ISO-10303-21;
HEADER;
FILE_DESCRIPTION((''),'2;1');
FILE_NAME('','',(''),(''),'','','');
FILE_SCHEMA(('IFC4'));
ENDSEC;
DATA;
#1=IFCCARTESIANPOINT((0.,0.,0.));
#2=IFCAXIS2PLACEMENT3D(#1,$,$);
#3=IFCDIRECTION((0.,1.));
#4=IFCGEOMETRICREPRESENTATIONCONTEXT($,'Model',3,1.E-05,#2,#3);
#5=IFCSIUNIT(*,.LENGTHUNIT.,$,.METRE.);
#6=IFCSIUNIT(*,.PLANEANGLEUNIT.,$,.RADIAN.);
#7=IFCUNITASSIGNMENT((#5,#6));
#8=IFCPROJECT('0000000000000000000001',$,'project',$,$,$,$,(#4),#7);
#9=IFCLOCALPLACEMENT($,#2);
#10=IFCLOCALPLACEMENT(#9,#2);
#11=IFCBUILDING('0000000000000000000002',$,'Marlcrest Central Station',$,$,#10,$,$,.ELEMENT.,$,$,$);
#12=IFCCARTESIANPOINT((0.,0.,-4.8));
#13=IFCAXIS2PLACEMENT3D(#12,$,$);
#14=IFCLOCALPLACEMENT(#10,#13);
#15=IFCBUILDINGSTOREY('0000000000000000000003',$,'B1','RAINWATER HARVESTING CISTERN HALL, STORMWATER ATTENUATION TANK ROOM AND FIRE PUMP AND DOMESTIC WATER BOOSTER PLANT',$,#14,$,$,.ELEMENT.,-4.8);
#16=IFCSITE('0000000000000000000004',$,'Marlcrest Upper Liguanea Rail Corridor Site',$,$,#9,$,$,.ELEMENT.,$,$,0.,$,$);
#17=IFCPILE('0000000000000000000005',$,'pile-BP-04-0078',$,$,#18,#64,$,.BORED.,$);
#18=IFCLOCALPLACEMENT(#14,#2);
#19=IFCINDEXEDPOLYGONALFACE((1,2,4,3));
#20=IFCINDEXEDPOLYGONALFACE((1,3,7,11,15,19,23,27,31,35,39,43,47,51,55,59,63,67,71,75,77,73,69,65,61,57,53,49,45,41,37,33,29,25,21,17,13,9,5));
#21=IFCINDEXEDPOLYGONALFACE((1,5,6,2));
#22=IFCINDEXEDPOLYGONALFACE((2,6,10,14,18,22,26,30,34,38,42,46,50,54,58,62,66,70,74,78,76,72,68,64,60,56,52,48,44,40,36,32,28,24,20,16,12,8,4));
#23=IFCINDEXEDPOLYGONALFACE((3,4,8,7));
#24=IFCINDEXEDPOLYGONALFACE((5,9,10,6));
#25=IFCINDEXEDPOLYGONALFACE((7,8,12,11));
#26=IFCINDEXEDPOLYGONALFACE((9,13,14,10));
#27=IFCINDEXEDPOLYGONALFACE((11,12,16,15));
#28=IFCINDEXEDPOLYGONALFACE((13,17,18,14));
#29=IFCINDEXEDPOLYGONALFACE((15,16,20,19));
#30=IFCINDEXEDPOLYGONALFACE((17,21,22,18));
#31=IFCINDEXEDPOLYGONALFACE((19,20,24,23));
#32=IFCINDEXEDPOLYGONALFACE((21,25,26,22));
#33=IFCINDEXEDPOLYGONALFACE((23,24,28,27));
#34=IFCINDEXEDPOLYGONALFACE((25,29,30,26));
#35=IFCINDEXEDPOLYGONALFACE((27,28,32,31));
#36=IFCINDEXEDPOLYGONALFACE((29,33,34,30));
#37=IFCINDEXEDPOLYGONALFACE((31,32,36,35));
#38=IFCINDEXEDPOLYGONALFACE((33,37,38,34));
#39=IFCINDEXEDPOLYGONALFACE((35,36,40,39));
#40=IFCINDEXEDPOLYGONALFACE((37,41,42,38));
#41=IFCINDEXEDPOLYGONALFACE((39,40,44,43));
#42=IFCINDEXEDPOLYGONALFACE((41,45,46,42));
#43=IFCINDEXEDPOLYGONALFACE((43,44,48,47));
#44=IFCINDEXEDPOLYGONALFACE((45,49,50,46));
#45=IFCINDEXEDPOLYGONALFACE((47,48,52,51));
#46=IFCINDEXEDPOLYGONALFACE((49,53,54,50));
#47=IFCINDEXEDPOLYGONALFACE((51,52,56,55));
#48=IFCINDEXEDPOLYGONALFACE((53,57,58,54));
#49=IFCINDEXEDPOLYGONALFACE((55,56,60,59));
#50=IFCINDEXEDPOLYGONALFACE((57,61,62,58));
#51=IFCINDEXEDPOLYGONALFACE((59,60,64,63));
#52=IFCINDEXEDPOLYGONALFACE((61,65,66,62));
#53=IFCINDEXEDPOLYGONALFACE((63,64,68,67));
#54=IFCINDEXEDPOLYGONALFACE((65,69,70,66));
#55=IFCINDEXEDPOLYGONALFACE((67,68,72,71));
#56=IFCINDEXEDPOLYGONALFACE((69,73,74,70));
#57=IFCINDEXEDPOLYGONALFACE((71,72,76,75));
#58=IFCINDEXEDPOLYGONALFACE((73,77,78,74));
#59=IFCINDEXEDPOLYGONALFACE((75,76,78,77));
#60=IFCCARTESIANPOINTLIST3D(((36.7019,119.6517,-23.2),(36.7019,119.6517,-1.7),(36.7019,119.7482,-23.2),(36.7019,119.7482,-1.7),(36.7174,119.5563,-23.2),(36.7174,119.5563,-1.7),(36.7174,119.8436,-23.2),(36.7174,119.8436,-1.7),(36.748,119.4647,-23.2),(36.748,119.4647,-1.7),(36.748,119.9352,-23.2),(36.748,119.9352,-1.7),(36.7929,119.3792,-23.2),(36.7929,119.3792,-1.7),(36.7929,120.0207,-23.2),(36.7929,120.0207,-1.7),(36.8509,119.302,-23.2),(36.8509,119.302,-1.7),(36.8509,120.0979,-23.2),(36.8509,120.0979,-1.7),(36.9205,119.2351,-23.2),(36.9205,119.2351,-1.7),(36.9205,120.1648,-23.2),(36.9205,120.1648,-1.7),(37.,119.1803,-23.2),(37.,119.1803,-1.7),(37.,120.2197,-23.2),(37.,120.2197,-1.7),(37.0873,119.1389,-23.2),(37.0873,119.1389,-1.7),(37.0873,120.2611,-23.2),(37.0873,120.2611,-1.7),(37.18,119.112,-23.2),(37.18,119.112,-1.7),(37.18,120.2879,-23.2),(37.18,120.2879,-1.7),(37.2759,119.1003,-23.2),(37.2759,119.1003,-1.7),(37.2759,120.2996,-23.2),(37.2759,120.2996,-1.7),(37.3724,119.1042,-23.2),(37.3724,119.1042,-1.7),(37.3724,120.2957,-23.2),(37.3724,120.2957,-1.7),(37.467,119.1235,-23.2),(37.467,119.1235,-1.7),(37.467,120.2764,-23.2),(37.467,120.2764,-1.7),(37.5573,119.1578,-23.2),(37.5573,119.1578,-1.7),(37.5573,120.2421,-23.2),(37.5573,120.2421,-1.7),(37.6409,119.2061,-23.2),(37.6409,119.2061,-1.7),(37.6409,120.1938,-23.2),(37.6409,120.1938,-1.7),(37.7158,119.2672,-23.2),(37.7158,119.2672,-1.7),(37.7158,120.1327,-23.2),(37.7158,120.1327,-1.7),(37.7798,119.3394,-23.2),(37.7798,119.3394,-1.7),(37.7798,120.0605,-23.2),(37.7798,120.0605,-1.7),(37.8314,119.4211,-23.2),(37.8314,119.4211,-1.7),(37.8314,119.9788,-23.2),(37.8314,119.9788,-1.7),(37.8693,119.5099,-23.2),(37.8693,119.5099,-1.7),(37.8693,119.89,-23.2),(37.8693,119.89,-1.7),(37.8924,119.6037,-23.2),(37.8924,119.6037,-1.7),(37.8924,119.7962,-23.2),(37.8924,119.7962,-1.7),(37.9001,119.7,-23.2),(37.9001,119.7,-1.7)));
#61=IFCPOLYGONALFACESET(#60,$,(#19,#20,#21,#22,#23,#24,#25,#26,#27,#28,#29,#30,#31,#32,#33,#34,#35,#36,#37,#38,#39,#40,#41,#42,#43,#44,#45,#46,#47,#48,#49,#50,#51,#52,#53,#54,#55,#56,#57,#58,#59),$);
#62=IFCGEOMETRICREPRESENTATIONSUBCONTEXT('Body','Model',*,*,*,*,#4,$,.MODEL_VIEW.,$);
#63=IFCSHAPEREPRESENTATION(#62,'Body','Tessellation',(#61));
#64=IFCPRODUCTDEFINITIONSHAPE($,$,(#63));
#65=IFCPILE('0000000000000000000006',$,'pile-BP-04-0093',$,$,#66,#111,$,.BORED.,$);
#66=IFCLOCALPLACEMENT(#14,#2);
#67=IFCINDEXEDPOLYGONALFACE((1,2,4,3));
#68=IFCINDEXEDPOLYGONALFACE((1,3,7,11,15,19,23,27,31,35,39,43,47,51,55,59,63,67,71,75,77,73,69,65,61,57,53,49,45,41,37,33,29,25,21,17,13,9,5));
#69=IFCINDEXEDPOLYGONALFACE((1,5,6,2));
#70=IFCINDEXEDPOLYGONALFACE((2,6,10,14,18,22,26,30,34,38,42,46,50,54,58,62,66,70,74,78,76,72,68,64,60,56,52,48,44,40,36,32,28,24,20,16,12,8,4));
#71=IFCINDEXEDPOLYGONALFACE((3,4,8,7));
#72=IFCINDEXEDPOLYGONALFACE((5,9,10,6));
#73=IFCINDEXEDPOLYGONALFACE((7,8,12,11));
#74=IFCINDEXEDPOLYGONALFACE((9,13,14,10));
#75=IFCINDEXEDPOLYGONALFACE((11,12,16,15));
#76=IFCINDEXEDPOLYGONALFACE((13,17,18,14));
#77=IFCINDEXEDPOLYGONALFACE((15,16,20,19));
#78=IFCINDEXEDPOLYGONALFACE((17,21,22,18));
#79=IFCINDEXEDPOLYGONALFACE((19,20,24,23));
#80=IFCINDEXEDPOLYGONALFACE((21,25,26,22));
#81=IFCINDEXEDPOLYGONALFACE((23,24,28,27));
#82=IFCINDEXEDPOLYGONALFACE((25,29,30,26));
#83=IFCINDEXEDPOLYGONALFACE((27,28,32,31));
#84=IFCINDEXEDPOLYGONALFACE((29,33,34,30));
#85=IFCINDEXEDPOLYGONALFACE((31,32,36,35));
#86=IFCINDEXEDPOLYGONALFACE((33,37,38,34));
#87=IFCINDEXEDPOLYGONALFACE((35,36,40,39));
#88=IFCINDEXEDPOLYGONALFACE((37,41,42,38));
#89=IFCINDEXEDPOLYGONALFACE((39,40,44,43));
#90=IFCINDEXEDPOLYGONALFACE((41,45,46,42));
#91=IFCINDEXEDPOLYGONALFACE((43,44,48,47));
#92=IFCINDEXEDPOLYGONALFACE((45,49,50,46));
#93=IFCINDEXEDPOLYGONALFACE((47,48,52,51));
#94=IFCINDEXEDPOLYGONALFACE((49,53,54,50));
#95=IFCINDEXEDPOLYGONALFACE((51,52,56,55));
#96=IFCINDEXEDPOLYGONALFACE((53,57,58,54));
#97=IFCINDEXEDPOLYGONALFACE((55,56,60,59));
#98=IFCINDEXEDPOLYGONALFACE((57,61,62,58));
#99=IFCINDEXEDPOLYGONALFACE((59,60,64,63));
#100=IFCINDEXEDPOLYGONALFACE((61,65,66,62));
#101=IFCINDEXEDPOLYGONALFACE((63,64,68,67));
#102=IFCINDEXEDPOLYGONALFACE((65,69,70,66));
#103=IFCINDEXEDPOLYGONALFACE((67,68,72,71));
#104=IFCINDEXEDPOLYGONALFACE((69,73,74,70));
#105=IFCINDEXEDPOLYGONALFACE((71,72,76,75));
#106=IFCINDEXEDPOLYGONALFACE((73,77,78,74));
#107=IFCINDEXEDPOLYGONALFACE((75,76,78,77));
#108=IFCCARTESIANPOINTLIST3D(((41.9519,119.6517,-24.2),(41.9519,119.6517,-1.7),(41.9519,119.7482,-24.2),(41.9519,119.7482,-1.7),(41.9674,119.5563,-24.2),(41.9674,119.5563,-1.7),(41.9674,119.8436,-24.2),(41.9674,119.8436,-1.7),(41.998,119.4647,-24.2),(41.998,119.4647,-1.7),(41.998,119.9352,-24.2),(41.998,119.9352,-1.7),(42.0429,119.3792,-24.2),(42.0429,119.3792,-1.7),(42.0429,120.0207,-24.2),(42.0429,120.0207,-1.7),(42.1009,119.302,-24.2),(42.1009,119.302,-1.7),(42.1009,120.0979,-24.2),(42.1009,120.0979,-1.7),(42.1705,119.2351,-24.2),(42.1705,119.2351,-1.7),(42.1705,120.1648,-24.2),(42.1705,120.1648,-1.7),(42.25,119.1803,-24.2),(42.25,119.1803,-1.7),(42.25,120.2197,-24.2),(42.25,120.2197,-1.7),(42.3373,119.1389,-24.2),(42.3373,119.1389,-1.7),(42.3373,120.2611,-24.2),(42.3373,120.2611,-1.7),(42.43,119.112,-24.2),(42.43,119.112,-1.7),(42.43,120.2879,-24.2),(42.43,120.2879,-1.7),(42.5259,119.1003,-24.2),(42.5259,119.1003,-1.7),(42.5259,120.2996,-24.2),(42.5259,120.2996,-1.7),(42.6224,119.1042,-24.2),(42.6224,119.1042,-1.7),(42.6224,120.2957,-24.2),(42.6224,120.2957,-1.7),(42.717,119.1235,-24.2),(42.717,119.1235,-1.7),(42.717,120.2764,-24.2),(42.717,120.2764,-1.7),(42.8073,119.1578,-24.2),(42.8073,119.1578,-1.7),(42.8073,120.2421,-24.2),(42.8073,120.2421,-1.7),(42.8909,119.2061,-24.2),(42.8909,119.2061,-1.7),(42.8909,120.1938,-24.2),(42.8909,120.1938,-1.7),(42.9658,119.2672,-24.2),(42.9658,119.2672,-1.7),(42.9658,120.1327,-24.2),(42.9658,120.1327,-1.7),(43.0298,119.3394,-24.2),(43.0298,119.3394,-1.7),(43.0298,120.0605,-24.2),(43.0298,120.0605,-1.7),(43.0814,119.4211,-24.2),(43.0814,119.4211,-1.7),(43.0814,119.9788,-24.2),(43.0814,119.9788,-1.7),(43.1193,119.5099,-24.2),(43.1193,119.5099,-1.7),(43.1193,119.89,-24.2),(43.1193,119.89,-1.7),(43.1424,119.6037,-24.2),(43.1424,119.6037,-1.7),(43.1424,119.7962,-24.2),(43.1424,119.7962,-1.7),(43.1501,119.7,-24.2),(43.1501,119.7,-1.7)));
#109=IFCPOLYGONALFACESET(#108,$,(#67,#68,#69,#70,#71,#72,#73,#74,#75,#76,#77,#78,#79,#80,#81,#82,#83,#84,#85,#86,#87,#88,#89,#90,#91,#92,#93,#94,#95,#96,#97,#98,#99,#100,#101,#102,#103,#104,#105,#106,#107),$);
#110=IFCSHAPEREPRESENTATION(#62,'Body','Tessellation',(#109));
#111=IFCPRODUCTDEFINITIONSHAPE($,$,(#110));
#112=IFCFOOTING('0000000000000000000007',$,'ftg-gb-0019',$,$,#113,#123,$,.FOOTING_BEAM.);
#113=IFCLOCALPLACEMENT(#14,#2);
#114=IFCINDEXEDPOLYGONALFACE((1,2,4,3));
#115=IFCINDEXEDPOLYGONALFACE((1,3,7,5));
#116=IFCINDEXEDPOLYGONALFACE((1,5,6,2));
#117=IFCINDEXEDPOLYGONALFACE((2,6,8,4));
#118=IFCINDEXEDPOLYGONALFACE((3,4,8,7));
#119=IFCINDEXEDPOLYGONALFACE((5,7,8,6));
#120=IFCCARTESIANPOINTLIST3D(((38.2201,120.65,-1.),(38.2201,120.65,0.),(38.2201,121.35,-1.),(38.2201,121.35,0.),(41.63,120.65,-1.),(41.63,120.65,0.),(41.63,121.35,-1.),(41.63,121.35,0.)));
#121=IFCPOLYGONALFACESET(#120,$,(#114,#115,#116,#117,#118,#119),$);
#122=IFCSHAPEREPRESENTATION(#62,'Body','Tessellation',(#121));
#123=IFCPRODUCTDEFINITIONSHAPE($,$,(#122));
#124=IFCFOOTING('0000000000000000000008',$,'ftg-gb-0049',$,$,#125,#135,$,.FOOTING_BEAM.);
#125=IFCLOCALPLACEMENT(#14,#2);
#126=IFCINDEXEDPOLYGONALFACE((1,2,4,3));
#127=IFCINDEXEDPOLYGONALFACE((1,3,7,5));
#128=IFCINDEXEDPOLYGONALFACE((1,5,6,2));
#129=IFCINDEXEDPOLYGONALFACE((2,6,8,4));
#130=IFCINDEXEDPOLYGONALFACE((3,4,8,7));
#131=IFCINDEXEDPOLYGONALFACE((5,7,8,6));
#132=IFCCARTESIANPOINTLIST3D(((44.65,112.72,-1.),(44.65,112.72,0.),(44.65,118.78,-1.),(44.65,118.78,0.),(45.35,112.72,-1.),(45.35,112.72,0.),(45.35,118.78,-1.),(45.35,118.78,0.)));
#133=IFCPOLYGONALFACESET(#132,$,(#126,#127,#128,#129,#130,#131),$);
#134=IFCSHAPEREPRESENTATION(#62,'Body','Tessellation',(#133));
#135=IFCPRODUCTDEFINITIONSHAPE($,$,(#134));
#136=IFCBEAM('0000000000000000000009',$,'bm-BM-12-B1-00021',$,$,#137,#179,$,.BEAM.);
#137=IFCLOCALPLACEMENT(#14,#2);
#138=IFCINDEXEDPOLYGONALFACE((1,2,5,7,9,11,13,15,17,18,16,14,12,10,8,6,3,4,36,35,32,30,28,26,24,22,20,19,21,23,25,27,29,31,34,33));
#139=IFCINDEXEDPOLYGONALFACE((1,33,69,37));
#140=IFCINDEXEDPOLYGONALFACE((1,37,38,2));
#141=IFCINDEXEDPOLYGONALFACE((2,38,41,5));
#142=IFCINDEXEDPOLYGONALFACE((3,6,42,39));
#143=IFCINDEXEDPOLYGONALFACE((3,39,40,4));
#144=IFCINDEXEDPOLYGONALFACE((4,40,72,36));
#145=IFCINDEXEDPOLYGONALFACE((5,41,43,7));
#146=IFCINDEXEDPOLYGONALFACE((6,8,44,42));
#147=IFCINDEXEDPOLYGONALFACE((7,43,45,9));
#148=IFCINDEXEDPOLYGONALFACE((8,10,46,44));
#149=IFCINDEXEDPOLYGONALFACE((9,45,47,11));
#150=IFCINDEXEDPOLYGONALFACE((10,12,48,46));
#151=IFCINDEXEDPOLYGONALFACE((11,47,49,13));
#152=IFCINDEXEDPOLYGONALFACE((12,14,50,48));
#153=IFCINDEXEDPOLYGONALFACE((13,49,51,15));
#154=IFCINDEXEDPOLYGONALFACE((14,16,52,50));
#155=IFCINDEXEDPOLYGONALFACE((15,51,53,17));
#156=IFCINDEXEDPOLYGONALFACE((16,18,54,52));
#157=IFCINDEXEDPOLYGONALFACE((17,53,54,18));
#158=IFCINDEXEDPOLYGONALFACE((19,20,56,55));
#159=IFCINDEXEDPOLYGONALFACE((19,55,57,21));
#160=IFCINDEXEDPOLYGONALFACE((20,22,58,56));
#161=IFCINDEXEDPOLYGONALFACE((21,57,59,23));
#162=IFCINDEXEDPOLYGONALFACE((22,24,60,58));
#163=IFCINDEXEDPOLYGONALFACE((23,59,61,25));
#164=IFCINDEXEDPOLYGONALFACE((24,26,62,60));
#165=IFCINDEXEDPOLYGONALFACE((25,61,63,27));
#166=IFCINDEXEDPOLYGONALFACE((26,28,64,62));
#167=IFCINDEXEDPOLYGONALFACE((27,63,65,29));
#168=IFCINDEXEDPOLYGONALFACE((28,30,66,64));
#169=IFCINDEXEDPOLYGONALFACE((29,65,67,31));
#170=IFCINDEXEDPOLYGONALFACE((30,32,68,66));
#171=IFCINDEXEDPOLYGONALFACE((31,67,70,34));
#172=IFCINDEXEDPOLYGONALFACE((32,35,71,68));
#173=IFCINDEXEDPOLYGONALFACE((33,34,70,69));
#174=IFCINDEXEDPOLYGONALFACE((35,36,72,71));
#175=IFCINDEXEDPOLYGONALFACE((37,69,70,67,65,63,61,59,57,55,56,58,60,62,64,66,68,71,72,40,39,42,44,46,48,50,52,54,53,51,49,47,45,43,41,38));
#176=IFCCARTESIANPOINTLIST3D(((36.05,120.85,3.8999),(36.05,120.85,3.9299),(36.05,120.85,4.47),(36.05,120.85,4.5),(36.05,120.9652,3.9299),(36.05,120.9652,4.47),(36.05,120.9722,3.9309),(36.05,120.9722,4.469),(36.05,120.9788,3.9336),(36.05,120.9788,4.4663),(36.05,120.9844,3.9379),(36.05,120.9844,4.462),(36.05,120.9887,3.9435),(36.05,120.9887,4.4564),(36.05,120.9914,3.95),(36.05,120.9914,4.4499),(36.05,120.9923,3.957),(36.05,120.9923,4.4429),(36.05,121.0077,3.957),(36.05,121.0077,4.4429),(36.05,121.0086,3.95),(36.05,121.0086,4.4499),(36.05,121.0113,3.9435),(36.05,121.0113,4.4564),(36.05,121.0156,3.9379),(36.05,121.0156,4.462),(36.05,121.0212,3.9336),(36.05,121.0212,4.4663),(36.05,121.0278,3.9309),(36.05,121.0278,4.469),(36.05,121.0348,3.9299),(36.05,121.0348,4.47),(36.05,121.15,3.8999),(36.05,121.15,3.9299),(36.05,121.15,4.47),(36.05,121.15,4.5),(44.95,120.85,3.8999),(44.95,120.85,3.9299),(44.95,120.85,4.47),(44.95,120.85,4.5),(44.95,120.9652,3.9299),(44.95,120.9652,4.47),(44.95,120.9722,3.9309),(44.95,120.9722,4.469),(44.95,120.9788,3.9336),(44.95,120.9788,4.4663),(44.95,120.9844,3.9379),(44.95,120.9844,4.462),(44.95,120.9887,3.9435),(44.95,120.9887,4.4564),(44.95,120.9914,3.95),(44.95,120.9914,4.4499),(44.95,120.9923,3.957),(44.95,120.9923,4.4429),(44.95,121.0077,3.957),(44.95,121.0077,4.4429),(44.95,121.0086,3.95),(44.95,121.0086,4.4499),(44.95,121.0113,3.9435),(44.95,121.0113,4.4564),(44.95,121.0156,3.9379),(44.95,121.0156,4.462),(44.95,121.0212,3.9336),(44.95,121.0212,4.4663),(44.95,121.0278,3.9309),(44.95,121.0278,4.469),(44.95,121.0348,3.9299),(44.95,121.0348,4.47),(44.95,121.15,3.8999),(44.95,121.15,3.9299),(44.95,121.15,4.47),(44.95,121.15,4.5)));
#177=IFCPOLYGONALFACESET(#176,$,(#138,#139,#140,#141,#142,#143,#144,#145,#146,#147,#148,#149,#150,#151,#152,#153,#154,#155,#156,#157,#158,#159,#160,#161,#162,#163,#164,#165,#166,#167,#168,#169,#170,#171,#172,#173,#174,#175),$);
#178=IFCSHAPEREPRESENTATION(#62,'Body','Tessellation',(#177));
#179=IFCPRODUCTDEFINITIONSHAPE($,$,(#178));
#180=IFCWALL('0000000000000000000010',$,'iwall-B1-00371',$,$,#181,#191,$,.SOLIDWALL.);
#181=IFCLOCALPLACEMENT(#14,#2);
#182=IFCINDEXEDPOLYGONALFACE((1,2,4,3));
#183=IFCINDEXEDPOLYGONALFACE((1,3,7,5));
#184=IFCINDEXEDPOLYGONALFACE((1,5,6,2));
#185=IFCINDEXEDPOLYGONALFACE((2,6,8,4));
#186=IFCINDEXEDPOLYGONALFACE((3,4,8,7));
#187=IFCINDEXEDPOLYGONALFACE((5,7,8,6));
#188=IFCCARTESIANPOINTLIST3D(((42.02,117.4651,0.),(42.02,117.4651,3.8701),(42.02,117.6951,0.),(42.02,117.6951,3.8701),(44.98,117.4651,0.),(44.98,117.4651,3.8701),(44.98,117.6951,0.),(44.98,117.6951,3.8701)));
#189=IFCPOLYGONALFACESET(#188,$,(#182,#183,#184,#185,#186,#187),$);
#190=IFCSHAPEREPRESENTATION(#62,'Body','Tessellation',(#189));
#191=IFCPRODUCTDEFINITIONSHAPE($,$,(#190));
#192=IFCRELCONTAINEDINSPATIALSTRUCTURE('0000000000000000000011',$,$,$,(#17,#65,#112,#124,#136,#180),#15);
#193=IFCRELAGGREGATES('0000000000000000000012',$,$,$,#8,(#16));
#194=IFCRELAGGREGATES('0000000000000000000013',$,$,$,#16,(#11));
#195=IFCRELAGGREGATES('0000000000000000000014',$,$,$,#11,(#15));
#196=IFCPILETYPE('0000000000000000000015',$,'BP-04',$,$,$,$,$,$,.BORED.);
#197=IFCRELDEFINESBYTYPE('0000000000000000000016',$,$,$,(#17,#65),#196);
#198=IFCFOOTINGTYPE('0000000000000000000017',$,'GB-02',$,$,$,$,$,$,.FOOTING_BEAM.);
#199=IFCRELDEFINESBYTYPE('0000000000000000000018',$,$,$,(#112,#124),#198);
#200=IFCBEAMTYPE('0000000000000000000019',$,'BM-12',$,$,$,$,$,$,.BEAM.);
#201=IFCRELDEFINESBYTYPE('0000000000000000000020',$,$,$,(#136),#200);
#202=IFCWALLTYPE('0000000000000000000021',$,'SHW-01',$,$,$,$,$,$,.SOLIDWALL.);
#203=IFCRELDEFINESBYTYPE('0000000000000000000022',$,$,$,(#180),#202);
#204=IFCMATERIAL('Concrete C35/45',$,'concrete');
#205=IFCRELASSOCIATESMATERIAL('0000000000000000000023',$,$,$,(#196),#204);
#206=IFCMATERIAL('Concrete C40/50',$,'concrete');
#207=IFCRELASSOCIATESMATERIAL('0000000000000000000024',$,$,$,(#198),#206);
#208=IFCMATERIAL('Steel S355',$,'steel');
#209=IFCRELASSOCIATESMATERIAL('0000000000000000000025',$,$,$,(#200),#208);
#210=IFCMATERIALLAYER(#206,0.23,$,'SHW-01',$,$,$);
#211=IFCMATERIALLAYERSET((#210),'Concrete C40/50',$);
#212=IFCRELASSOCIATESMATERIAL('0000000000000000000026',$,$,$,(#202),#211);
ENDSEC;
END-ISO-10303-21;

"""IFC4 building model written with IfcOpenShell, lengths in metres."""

from ifc_helpers import new_model, si_unit, direction, frame, frame_2d, origin, origin_2d, place, context, subcontext, project, spatial, rectangle, circle, i_section, extrude, material, layer, layer_set, material_profile, profile_set, type_object, element, save


model = new_model("IFC4")

# Units and contexts
model_context = context("Model", 3, precision=1e-05, world=origin(), true_north=direction((0.0, 1.0)))
body_context = subcontext(model_context, "Body", "Model", "MODEL_VIEW")
ifc_project = project(units=[si_unit("LENGTHUNIT", "METRE"), si_unit("PLANEANGLEUNIT", "RADIAN")], contexts=[model_context])

# Site, building, storey
site_placement = place(None, origin())
site = spatial("IfcSite", under=ifc_project, at=site_placement, Name="Marlcrest Upper Liguanea Rail Corridor Site", CompositionType="ELEMENT", RefElevation=0.0)
building_placement = place(site_placement, origin())
building = spatial("IfcBuilding", under=site, at=building_placement, Name="Marlcrest Central Station", CompositionType="ELEMENT")
storey_placement = place(building_placement, frame((0.0, 0.0, -4.8)))
storey = spatial("IfcBuildingStorey", under=building, at=storey_placement, Name="B1", Description="RAINWATER HARVESTING CISTERN HALL, STORMWATER ATTENUATION TANK ROOM AND FIRE PUMP AND DOMESTIC WATER BOOSTER PLANT", CompositionType="ELEMENT", Elevation=-4.8)

# Piles
ifc_material_1 = material(Name="Concrete C35/45", Category="concrete")
ifc_material_profile_1 = material_profile(ifc_material_1, circle(Radius=0.6001, at=origin_2d()), Name="PILE D1200")
ifc_profile_set_1 = profile_set([ifc_material_profile_1], Name="Concrete C35/45")
pile_type = type_object("IfcPileType", Name="BP-04", PredefinedType="BORED", material=ifc_profile_set_1)
pile_1_placement = place(storey_placement, frame((37.3, 119.7, -1.7), z_axis=(0.0, 0.0, -1.0), x_axis=(1.0, 0.0, 0.0)))
element("IfcPile", 1, at=pile_1_placement, inside=storey, type_object=pile_type, Name="pile-BP-04-0078", PredefinedType="BORED", context=body_context, shape_type="SweptSolid", body=[
    extrude(circle(Radius=0.6001, at=origin_2d()), origin(), (0.0, 0.0, 1.0), 21.5),
])
pile_2_placement = place(storey_placement, frame((42.55, 119.7, -1.7), z_axis=(0.0, 0.0, -1.0), x_axis=(1.0, 0.0, 0.0)))
element("IfcPile", 2, at=pile_2_placement, inside=storey, type_object=pile_type, Name="pile-BP-04-0093", PredefinedType="BORED", context=body_context, shape_type="SweptSolid", body=[
    extrude(circle(Radius=0.6001, at=origin_2d()), origin(), (0.0, 0.0, 1.0), 22.5),
])

# Footings
ifc_material_2 = material(Name="Concrete C40/50", Category="concrete")
footing_type = type_object("IfcFootingType", Name="GB-02", PredefinedType="FOOTING_BEAM", material=ifc_material_2)
footing_1_placement = place(storey_placement, frame((39.925, 121.0, -1.0), z_axis=(0.0, 0.0, 1.0), x_axis=(1.0, 0.0, 0.0)))
element("IfcFooting", 3, at=footing_1_placement, inside=storey, type_object=footing_type, Name="ftg-gb-0019", PredefinedType="FOOTING_BEAM", context=body_context, shape_type="SweptSolid", body=[
    extrude(rectangle(XDim=3.4099, YDim=0.7, at=origin_2d()), origin(), (0.0, 0.0, 1.0), 1.0),
])
footing_2_placement = place(storey_placement, frame((45.0, 115.75, -1.0), z_axis=(0.0, 0.0, 1.0), x_axis=(1.0, 0.0, 0.0)))
element("IfcFooting", 4, at=footing_2_placement, inside=storey, type_object=footing_type, Name="ftg-gb-0049", PredefinedType="FOOTING_BEAM", context=body_context, shape_type="SweptSolid", body=[
    extrude(rectangle(XDim=0.7, YDim=6.0601, at=origin_2d()), origin(), (0.0, 0.0, 1.0), 1.0),
])

# Beam
ifc_material_3 = material(Name="Steel S355", Category="steel")
ifc_material_profile_2 = material_profile(ifc_material_3, i_section(OverallWidth=0.3, OverallDepth=0.6001, WebThickness=0.0154, FlangeThickness=0.03, FilletRadius=0.0271, at=origin_2d()), Name="HEB 600")
ifc_profile_set_2 = profile_set([ifc_material_profile_2], Name="Steel S355")
beam_type = type_object("IfcBeamType", Name="BM-12", PredefinedType="BEAM", material=ifc_profile_set_2)
beam_placement = place(storey_placement, frame((36.05, 121.0, 4.2), z_axis=(1.0, 0.0, 0.0), x_axis=(0.0, 1.0, 0.0)))
element("IfcBeam", 5, at=beam_placement, inside=storey, type_object=beam_type, Name="bm-BM-12-B1-00021", PredefinedType="BEAM", context=body_context, shape_type="SweptSolid", body=[
    extrude(i_section(OverallWidth=0.3, OverallDepth=0.6001, WebThickness=0.0154, FlangeThickness=0.03, FilletRadius=0.0271, at=origin_2d()), origin(), (0.0, 0.0, 1.0), 8.8999),
])

# Wall
ifc_layer_1 = layer(ifc_material_2, 0.23, Name="SHW-01")
ifc_layer_set_1 = layer_set([ifc_layer_1], Name="Concrete C40/50")
wall_type_1 = type_object("IfcWallType", Name="SHW-01", PredefinedType="SOLIDWALL", material=ifc_layer_set_1)
wall_1_placement = place(storey_placement, frame((42.02, 117.5801, 0.0), z_axis=(0.0, 0.0, 1.0), x_axis=(1.0, 0.0, 0.0)))
element("IfcWall", 6, at=wall_1_placement, inside=storey, type_object=wall_type_1, Name="iwall-B1-00371", PredefinedType="SOLIDWALL", context=body_context, shape_type="SweptSolid", body=[
    extrude(rectangle(XDim=2.96, YDim=0.23, at=frame_2d((1.48, 0.0))), origin(), (0.0, 0.0, 1.0), 3.8701),
])

save(model, "model.ifc")
